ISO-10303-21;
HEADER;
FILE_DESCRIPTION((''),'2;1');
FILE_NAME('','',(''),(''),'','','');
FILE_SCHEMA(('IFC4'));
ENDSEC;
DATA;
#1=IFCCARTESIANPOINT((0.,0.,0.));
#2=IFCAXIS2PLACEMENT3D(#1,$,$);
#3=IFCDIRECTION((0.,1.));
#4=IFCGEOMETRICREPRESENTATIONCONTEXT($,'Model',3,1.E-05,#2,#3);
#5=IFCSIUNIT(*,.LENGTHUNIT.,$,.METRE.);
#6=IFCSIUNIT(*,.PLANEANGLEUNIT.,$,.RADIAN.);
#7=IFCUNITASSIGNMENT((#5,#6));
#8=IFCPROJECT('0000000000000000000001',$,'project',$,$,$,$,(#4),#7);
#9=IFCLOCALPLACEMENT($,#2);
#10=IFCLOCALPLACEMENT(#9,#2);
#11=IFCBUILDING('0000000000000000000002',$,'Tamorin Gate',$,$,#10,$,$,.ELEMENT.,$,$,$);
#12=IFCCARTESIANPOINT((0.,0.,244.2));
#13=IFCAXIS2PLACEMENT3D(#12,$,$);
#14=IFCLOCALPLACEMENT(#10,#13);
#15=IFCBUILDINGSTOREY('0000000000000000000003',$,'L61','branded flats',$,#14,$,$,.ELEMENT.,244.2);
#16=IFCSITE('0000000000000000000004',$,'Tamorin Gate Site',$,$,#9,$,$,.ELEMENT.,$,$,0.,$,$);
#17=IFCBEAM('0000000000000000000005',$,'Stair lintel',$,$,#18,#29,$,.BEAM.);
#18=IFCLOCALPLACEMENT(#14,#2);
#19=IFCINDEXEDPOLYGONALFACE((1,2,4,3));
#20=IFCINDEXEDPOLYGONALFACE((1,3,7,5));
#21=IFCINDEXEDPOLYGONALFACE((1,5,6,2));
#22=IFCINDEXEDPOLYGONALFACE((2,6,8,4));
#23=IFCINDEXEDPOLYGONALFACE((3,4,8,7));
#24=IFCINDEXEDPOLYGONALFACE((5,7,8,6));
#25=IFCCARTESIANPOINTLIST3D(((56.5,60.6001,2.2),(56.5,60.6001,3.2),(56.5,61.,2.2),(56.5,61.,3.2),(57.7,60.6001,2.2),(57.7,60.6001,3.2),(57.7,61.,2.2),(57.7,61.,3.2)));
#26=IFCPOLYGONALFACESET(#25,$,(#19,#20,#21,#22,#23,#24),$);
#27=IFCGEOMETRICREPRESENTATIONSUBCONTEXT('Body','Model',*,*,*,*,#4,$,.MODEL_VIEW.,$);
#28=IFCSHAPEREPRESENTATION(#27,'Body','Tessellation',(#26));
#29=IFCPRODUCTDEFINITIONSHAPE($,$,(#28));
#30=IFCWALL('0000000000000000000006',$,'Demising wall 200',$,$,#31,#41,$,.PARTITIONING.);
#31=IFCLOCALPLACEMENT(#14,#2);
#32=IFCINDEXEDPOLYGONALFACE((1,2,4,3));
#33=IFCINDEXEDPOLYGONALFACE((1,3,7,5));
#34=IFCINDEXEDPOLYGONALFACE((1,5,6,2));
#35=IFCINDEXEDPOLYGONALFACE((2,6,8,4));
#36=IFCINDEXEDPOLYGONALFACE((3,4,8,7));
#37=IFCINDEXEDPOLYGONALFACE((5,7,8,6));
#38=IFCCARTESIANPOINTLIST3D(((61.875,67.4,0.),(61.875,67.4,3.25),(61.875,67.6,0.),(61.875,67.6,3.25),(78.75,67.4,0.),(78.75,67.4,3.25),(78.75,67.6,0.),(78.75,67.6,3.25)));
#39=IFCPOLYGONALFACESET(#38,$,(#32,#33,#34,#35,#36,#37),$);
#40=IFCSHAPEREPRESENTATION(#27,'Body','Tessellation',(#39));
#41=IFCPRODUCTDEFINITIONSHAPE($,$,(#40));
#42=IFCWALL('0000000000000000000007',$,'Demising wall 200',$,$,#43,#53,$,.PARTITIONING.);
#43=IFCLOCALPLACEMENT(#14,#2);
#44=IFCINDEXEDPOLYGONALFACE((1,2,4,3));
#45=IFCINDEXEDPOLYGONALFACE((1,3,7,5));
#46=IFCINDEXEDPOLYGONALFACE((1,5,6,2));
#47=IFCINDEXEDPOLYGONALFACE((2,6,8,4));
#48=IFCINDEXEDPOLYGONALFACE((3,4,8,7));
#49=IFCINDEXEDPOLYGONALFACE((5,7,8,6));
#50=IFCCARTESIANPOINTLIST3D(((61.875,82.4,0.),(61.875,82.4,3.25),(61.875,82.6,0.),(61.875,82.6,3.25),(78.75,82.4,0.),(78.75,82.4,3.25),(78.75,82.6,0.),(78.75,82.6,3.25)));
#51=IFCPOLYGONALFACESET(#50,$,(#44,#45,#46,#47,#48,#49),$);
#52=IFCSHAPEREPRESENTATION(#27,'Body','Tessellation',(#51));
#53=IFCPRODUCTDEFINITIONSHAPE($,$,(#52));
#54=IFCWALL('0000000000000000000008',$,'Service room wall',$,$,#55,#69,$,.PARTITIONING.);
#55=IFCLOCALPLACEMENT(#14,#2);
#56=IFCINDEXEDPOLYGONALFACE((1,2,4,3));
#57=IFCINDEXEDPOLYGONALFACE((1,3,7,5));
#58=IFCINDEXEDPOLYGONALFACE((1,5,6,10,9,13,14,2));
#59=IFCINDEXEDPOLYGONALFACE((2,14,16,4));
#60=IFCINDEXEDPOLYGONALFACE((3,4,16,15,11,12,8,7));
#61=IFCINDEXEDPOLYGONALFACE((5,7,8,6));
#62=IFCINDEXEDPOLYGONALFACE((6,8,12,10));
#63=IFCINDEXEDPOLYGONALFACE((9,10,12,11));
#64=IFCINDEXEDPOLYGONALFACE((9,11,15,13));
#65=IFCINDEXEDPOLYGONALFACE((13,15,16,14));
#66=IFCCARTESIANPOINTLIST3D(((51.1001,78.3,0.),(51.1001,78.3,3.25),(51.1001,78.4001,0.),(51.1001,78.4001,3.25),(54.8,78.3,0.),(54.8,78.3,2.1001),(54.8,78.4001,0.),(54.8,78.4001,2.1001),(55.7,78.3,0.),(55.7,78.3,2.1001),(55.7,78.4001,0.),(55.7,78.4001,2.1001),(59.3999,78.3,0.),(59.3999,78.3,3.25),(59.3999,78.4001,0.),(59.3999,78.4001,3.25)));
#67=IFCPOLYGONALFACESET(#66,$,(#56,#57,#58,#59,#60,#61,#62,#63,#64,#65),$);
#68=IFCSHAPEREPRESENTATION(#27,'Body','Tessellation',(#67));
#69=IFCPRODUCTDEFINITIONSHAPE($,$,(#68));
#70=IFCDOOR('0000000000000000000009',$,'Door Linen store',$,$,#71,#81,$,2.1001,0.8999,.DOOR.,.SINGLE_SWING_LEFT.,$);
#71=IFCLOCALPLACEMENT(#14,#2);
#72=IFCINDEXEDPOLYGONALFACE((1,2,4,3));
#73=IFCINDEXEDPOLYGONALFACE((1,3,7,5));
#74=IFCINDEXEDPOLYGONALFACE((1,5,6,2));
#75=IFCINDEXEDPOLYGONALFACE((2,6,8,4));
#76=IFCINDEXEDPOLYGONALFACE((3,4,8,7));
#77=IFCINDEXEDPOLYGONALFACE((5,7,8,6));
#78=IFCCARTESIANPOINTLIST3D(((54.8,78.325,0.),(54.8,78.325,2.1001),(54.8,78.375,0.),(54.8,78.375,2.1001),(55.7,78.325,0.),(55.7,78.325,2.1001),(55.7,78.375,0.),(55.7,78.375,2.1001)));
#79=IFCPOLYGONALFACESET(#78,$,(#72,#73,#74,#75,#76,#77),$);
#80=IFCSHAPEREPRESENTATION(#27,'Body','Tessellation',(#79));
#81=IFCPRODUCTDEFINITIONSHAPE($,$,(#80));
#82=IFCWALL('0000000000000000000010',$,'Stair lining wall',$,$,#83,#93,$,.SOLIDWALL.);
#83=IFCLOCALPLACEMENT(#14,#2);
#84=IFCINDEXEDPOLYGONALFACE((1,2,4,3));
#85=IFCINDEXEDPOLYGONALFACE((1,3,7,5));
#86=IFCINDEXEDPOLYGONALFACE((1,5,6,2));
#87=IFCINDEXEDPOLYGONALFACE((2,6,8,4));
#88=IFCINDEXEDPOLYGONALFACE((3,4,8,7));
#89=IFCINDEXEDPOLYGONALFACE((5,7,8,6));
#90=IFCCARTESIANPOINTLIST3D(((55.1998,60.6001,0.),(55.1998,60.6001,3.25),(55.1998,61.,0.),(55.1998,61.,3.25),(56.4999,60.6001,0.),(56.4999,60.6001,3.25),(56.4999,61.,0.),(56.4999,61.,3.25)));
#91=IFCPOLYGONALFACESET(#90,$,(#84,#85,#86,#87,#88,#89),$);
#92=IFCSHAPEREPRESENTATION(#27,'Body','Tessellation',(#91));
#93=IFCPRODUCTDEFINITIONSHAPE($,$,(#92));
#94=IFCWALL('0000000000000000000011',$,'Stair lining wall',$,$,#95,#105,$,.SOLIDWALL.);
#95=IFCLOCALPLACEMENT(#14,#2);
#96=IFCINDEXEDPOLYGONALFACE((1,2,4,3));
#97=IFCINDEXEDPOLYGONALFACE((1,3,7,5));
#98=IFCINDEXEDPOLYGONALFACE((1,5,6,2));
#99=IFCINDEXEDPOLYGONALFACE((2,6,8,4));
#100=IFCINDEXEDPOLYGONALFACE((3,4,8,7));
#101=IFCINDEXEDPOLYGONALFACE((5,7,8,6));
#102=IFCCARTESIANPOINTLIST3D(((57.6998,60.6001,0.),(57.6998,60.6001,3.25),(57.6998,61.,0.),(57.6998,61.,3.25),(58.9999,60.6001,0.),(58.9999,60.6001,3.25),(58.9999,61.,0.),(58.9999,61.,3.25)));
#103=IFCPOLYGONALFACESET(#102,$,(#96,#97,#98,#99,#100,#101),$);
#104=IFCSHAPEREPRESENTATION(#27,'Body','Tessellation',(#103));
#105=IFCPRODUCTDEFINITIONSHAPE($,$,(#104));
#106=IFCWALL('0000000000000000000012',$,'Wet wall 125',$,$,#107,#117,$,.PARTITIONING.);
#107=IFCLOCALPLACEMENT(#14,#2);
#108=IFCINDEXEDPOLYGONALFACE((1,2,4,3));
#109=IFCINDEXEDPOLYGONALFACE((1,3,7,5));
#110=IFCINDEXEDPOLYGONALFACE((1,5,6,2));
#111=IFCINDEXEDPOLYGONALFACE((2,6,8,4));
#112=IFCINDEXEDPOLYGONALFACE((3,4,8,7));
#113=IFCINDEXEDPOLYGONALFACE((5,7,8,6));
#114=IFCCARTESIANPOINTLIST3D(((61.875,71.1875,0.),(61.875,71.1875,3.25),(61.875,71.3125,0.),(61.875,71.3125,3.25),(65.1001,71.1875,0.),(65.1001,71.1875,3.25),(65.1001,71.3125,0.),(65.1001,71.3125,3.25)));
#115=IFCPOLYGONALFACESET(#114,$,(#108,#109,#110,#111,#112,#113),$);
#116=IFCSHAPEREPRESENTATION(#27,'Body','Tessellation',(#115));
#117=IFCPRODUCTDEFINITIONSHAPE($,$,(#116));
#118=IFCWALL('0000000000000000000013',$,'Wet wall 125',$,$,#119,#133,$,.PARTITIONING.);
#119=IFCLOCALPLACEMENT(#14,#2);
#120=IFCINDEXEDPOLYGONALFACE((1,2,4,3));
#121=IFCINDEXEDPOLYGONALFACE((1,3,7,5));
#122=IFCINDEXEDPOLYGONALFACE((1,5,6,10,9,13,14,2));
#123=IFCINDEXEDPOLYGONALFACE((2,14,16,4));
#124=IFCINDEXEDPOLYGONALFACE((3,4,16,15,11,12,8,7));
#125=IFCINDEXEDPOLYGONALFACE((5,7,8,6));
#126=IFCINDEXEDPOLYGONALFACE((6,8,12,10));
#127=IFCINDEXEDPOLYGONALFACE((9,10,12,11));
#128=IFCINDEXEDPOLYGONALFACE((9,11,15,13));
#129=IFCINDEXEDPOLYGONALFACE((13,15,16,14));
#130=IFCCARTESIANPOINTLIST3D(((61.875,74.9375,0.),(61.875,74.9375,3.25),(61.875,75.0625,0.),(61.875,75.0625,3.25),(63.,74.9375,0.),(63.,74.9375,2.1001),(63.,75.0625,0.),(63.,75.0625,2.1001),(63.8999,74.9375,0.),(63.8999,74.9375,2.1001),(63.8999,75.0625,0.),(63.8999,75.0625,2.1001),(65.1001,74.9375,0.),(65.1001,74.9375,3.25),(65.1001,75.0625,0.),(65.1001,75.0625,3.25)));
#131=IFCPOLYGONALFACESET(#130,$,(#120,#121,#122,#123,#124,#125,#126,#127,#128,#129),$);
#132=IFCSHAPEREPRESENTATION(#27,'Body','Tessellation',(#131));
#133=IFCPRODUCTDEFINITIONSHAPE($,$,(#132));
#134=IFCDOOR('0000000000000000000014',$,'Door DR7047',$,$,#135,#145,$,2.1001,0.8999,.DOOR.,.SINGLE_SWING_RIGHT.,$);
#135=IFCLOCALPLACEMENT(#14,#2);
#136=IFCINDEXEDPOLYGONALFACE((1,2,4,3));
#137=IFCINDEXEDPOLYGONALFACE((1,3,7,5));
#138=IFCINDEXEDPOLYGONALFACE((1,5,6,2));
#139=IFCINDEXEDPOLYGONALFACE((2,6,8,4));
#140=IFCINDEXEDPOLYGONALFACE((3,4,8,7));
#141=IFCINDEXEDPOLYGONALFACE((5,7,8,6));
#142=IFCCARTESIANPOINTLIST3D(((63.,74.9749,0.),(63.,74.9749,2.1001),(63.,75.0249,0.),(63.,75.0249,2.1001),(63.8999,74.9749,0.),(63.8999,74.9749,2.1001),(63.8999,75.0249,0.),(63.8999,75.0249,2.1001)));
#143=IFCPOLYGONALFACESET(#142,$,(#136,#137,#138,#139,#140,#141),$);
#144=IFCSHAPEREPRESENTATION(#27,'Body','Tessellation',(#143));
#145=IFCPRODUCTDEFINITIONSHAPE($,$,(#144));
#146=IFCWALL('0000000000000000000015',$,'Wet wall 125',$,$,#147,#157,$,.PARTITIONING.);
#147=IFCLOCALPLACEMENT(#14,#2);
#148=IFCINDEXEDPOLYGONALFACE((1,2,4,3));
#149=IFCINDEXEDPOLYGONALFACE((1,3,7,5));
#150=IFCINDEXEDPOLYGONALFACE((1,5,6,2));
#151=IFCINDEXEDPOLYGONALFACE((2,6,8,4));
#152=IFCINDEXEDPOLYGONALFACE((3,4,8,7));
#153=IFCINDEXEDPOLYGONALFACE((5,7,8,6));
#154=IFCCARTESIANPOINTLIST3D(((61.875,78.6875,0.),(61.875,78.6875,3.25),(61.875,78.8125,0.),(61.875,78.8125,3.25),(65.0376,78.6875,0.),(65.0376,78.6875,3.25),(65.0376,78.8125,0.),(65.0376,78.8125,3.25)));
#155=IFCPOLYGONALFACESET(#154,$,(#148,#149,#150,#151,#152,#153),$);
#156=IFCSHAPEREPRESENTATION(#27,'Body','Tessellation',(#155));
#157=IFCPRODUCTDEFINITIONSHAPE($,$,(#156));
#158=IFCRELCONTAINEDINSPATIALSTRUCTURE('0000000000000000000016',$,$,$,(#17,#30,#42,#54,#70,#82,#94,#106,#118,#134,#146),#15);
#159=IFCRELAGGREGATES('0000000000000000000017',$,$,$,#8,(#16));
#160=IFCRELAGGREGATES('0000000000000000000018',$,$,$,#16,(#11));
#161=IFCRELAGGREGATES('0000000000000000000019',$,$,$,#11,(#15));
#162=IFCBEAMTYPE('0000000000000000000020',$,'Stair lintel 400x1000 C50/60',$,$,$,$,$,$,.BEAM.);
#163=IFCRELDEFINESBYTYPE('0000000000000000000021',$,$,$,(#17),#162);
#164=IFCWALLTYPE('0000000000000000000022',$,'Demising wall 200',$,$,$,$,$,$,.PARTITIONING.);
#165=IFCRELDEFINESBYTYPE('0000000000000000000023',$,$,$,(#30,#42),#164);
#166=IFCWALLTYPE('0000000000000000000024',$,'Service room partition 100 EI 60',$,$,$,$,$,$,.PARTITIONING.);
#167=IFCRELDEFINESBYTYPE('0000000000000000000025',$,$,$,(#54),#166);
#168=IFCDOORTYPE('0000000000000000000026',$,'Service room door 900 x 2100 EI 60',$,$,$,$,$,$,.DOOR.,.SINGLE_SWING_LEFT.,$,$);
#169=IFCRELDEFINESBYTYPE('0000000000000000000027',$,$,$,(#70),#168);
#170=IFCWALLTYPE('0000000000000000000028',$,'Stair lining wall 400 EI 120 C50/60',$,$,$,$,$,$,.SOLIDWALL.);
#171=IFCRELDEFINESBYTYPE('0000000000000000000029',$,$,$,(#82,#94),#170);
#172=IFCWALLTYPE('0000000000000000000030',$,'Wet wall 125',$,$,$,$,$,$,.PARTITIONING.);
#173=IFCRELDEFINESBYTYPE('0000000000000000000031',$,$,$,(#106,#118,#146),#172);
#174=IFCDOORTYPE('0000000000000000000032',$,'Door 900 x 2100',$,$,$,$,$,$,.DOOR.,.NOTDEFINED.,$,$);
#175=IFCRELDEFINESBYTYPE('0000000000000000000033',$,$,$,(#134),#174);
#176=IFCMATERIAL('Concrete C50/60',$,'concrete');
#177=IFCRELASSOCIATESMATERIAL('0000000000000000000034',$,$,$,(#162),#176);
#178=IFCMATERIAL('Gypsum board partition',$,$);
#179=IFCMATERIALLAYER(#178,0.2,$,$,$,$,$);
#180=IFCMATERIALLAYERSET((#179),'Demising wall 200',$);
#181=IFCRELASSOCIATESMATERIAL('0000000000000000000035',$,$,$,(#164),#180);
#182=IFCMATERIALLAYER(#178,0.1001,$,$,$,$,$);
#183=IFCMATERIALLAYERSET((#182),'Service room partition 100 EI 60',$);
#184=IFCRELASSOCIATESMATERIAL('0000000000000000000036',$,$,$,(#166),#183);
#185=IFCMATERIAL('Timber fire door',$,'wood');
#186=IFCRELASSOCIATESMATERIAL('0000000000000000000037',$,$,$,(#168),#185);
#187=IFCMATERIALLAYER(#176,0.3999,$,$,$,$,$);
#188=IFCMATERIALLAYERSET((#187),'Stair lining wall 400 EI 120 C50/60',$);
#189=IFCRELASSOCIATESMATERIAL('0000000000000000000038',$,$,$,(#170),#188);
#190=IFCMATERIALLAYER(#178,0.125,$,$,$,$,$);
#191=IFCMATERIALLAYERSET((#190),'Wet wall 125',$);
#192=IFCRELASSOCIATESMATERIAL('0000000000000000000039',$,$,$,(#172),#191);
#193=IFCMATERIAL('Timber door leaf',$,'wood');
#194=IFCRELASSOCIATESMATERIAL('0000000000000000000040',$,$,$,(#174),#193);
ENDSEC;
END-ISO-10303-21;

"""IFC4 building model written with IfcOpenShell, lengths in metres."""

from ifc_helpers import new_model, si_unit, direction, frame, frame_2d, origin, origin_2d, place, context, subcontext, project, spatial, rectangle, extrude, material, layer, layer_set, material_profile, profile_set, type_object, element, fill, save


model = new_model("IFC4")

# Units and contexts
model_context = context("Model", 3, precision=1e-05, world=origin(), true_north=direction((0.0, 1.0)))
body_context = subcontext(model_context, "Body", "Model", "MODEL_VIEW")
ifc_project = project(units=[si_unit("LENGTHUNIT", "METRE"), si_unit("PLANEANGLEUNIT", "RADIAN")], contexts=[model_context])

# Site, building, storey
site_placement = place(None, origin())
site = spatial("IfcSite", under=ifc_project, at=site_placement, Name="Tamorin Gate Site", CompositionType="ELEMENT", RefElevation=0.0)
building_placement = place(site_placement, origin())
building = spatial("IfcBuilding", under=site, at=building_placement, Name="Tamorin Gate", CompositionType="ELEMENT")
storey_placement = place(building_placement, frame((0.0, 0.0, 244.2)))
storey = spatial("IfcBuildingStorey", under=building, at=storey_placement, Name="L61", Description="branded flats", CompositionType="ELEMENT", Elevation=244.2)

# Beam
ifc_material_1 = material(Name="Concrete C50/60", Category="concrete")
ifc_material_profile = material_profile(ifc_material_1, rectangle(XDim=0.3999, YDim=1.0, at=origin_2d()))
ifc_profile_set = profile_set([ifc_material_profile], Name="Concrete C50/60")
beam_type = type_object("IfcBeamType", Name="Stair lintel 400x1000 C50/60", PredefinedType="BEAM", material=ifc_profile_set)
beam_placement = place(storey_placement, frame((56.5, 60.8, 2.7), z_axis=(1.0, 0.0, 0.0), x_axis=(0.0, 1.0, 0.0)))
element("IfcBeam", 1, at=beam_placement, inside=storey, type_object=beam_type, Name="Stair lintel", PredefinedType="BEAM", context=body_context, shape_type="SweptSolid", body=[
    extrude(rectangle(XDim=0.3999, YDim=1.0, at=origin_2d()), origin(), (0.0, 0.0, 1.0), 1.2),
])

# Walls
ifc_material_2 = material(Name="Gypsum board partition")
ifc_layer_1 = layer(ifc_material_2, 0.2)
ifc_layer_set_1 = layer_set([ifc_layer_1], Name="Demising wall 200")
wall_type_1 = type_object("IfcWallType", Name="Demising wall 200", PredefinedType="PARTITIONING", material=ifc_layer_set_1)
for number, where, z_axis, x_axis, name in (
    (2, (61.875, 67.5, 0.0), (0.0, 0.0, 1.0), (1.0, 0.0, 0.0), "Demising wall 200"),
    (3, (61.875, 82.5, 0.0), (0.0, 0.0, 1.0), (1.0, 0.0, 0.0), "Demising wall 200"),
):
    element("IfcWall", number, at=place(storey_placement, frame(where, z_axis=z_axis, x_axis=x_axis)), inside=storey, type_object=wall_type_1, Name=name, PredefinedType="PARTITIONING", context=body_context, shape_type="SweptSolid", body=[
        extrude(rectangle(XDim=16.875, YDim=0.2, at=frame_2d((8.4375, 0.0))), origin(), (0.0, 0.0, 1.0), 3.25),
    ])

# Wall, opening, door
ifc_layer_2 = layer(ifc_material_2, 0.1001)
ifc_layer_set_2 = layer_set([ifc_layer_2], Name="Service room partition 100 EI 60")
wall_type_2 = type_object("IfcWallType", Name="Service room partition 100 EI 60", PredefinedType="PARTITIONING", material=ifc_layer_set_2)
wall_1_placement = place(storey_placement, frame((51.1001, 78.3501, 0.0), z_axis=(0.0, 0.0, 1.0), x_axis=(1.0, 0.0, 0.0)))
wall_1 = element("IfcWall", 4, at=wall_1_placement, inside=storey, type_object=wall_type_2, Name="Service room wall", PredefinedType="PARTITIONING", context=body_context, shape_type="SweptSolid", body=[
    extrude(rectangle(XDim=8.2998, YDim=0.1001, at=frame_2d((4.1499, 0.0))), origin(), (0.0, 0.0, 1.0), 3.25),
])
opening_1_placement = place(wall_1_placement, frame((3.7, 0.0, 0.0)))
opening_1 = element("IfcOpeningElement", 5, at=opening_1_placement, cuts=wall_1, PredefinedType="OPENING", context=body_context, shape_type="SweptSolid", body=[
    extrude(rectangle(XDim=0.8999, YDim=2.1001, at=frame_2d((0.45, 1.05))), frame((0.0, 0.0601, 0.0), z_axis=(0.0, -1.0, 0.0), x_axis=(1.0, 0.0, 0.0)), (0.0, 0.0, 1.0), 0.1201),
])
ifc_material_3 = material(Name="Timber fire door", Category="wood")
door_type_1 = type_object("IfcDoorType", Name="Service room door 900 x 2100 EI 60", OperationType="SINGLE_SWING_LEFT", PredefinedType="DOOR", material=ifc_material_3)
door_1_placement = place(opening_1_placement, origin())
door_1 = element("IfcDoor", 6, at=door_1_placement, inside=storey, type_object=door_type_1, Name="Door Linen store", OperationType="SINGLE_SWING_LEFT", OverallHeight=2.1001, OverallWidth=0.8999, PredefinedType="DOOR", context=body_context, shape_type="SweptSolid", body=[
    extrude(rectangle(XDim=0.8999, YDim=2.1001, at=frame_2d((0.45, 1.05))), frame((0.0, 0.0249, 0.0), z_axis=(0.0, -1.0, 0.0), x_axis=(1.0, 0.0, 0.0)), (0.0, 0.0, 1.0), 0.05),
])
fill(opening_1, door_1)

# Walls
ifc_layer_3 = layer(ifc_material_1, 0.3999)
ifc_layer_set_3 = layer_set([ifc_layer_3], Name="Stair lining wall 400 EI 120 C50/60")
wall_type_3 = type_object("IfcWallType", Name="Stair lining wall 400 EI 120 C50/60", PredefinedType="SOLIDWALL", material=ifc_layer_set_3)
for number, where, z_axis, x_axis, name in (
    (7, (55.2, 60.8, 0.0), (0.0, 0.0, 1.0), (1.0, 0.0, 0.0), "Stair lining wall"),
    (8, (57.7, 60.8, 0.0), (0.0, 0.0, 1.0), (1.0, 0.0, 0.0), "Stair lining wall"),
):
    element("IfcWall", number, at=place(storey_placement, frame(where, z_axis=z_axis, x_axis=x_axis)), inside=storey, type_object=wall_type_3, Name=name, PredefinedType="SOLIDWALL", context=body_context, shape_type="SweptSolid", body=[
        extrude(rectangle(XDim=1.3, YDim=0.3999, at=frame_2d((0.6499, 0.0))), origin(), (0.0, 0.0, 1.0), 3.25),
    ])
ifc_layer_4 = layer(ifc_material_2, 0.125)
ifc_layer_set_4 = layer_set([ifc_layer_4], Name="Wet wall 125")
wall_type_4 = type_object("IfcWallType", Name="Wet wall 125", PredefinedType="PARTITIONING", material=ifc_layer_set_4)
wall_2_placement = place(storey_placement, frame((61.875, 71.25, 0.0), z_axis=(0.0, 0.0, 1.0), x_axis=(1.0, 0.0, 0.0)))
element("IfcWall", 9, at=wall_2_placement, inside=storey, type_object=wall_type_4, Name="Wet wall 125", PredefinedType="PARTITIONING", context=body_context, shape_type="SweptSolid", body=[
    extrude(rectangle(XDim=3.2251, YDim=0.125, at=frame_2d((1.6125, 0.0))), origin(), (0.0, 0.0, 1.0), 3.25),
])

# Wall, opening, door
wall_3_placement = place(storey_placement, frame((61.875, 75.0, 0.0), z_axis=(0.0, 0.0, 1.0), x_axis=(1.0, 0.0, 0.0)))
wall_3 = element("IfcWall", 10, at=wall_3_placement, inside=storey, type_object=wall_type_4, Name="Wet wall 125", PredefinedType="PARTITIONING", context=body_context, shape_type="SweptSolid", body=[
    extrude(rectangle(XDim=3.2251, YDim=0.125, at=frame_2d((1.6125, 0.0))), origin(), (0.0, 0.0, 1.0), 3.25),
])
opening_2_placement = place(wall_3_placement, frame((1.125, 0.0, 0.0)))
opening_2 = element("IfcOpeningElement", 11, at=opening_2_placement, cuts=wall_3, PredefinedType="OPENING", context=body_context, shape_type="SweptSolid", body=[
    extrude(rectangle(XDim=0.8999, YDim=2.1001, at=frame_2d((0.45, 1.05))), frame((0.0, 0.0725, 0.0), z_axis=(0.0, -1.0, 0.0), x_axis=(1.0, 0.0, 0.0)), (0.0, 0.0, 1.0), 0.145),
])
ifc_material_4 = material(Name="Timber door leaf", Category="wood")
door_type_2 = type_object("IfcDoorType", Name="Door 900 x 2100", OperationType="NOTDEFINED", PredefinedType="DOOR", material=ifc_material_4)
door_2_placement = place(opening_2_placement, origin())
door_2 = element("IfcDoor", 12, at=door_2_placement, inside=storey, type_object=door_type_2, Name="Door DR7047", OperationType="SINGLE_SWING_RIGHT", OverallHeight=2.1001, OverallWidth=0.8999, PredefinedType="DOOR", context=body_context, shape_type="SweptSolid", body=[
    extrude(rectangle(XDim=0.8999, YDim=2.1001, at=frame_2d((0.45, 1.05))), frame((0.0, 0.0249, 0.0), z_axis=(0.0, -1.0, 0.0), x_axis=(1.0, 0.0, 0.0)), (0.0, 0.0, 1.0), 0.05),
])
fill(opening_2, door_2)

# Wall
wall_4_placement = place(storey_placement, frame((61.875, 78.75, 0.0), z_axis=(0.0, 0.0, 1.0), x_axis=(1.0, 0.0, 0.0)))
element("IfcWall", 13, at=wall_4_placement, inside=storey, type_object=wall_type_4, Name="Wet wall 125", PredefinedType="PARTITIONING", context=body_context, shape_type="SweptSolid", body=[
    extrude(rectangle(XDim=3.1626, YDim=0.125, at=frame_2d((1.5813, 0.0))), origin(), (0.0, 0.0, 1.0), 3.25),
])

save(model, "model.ifc")
